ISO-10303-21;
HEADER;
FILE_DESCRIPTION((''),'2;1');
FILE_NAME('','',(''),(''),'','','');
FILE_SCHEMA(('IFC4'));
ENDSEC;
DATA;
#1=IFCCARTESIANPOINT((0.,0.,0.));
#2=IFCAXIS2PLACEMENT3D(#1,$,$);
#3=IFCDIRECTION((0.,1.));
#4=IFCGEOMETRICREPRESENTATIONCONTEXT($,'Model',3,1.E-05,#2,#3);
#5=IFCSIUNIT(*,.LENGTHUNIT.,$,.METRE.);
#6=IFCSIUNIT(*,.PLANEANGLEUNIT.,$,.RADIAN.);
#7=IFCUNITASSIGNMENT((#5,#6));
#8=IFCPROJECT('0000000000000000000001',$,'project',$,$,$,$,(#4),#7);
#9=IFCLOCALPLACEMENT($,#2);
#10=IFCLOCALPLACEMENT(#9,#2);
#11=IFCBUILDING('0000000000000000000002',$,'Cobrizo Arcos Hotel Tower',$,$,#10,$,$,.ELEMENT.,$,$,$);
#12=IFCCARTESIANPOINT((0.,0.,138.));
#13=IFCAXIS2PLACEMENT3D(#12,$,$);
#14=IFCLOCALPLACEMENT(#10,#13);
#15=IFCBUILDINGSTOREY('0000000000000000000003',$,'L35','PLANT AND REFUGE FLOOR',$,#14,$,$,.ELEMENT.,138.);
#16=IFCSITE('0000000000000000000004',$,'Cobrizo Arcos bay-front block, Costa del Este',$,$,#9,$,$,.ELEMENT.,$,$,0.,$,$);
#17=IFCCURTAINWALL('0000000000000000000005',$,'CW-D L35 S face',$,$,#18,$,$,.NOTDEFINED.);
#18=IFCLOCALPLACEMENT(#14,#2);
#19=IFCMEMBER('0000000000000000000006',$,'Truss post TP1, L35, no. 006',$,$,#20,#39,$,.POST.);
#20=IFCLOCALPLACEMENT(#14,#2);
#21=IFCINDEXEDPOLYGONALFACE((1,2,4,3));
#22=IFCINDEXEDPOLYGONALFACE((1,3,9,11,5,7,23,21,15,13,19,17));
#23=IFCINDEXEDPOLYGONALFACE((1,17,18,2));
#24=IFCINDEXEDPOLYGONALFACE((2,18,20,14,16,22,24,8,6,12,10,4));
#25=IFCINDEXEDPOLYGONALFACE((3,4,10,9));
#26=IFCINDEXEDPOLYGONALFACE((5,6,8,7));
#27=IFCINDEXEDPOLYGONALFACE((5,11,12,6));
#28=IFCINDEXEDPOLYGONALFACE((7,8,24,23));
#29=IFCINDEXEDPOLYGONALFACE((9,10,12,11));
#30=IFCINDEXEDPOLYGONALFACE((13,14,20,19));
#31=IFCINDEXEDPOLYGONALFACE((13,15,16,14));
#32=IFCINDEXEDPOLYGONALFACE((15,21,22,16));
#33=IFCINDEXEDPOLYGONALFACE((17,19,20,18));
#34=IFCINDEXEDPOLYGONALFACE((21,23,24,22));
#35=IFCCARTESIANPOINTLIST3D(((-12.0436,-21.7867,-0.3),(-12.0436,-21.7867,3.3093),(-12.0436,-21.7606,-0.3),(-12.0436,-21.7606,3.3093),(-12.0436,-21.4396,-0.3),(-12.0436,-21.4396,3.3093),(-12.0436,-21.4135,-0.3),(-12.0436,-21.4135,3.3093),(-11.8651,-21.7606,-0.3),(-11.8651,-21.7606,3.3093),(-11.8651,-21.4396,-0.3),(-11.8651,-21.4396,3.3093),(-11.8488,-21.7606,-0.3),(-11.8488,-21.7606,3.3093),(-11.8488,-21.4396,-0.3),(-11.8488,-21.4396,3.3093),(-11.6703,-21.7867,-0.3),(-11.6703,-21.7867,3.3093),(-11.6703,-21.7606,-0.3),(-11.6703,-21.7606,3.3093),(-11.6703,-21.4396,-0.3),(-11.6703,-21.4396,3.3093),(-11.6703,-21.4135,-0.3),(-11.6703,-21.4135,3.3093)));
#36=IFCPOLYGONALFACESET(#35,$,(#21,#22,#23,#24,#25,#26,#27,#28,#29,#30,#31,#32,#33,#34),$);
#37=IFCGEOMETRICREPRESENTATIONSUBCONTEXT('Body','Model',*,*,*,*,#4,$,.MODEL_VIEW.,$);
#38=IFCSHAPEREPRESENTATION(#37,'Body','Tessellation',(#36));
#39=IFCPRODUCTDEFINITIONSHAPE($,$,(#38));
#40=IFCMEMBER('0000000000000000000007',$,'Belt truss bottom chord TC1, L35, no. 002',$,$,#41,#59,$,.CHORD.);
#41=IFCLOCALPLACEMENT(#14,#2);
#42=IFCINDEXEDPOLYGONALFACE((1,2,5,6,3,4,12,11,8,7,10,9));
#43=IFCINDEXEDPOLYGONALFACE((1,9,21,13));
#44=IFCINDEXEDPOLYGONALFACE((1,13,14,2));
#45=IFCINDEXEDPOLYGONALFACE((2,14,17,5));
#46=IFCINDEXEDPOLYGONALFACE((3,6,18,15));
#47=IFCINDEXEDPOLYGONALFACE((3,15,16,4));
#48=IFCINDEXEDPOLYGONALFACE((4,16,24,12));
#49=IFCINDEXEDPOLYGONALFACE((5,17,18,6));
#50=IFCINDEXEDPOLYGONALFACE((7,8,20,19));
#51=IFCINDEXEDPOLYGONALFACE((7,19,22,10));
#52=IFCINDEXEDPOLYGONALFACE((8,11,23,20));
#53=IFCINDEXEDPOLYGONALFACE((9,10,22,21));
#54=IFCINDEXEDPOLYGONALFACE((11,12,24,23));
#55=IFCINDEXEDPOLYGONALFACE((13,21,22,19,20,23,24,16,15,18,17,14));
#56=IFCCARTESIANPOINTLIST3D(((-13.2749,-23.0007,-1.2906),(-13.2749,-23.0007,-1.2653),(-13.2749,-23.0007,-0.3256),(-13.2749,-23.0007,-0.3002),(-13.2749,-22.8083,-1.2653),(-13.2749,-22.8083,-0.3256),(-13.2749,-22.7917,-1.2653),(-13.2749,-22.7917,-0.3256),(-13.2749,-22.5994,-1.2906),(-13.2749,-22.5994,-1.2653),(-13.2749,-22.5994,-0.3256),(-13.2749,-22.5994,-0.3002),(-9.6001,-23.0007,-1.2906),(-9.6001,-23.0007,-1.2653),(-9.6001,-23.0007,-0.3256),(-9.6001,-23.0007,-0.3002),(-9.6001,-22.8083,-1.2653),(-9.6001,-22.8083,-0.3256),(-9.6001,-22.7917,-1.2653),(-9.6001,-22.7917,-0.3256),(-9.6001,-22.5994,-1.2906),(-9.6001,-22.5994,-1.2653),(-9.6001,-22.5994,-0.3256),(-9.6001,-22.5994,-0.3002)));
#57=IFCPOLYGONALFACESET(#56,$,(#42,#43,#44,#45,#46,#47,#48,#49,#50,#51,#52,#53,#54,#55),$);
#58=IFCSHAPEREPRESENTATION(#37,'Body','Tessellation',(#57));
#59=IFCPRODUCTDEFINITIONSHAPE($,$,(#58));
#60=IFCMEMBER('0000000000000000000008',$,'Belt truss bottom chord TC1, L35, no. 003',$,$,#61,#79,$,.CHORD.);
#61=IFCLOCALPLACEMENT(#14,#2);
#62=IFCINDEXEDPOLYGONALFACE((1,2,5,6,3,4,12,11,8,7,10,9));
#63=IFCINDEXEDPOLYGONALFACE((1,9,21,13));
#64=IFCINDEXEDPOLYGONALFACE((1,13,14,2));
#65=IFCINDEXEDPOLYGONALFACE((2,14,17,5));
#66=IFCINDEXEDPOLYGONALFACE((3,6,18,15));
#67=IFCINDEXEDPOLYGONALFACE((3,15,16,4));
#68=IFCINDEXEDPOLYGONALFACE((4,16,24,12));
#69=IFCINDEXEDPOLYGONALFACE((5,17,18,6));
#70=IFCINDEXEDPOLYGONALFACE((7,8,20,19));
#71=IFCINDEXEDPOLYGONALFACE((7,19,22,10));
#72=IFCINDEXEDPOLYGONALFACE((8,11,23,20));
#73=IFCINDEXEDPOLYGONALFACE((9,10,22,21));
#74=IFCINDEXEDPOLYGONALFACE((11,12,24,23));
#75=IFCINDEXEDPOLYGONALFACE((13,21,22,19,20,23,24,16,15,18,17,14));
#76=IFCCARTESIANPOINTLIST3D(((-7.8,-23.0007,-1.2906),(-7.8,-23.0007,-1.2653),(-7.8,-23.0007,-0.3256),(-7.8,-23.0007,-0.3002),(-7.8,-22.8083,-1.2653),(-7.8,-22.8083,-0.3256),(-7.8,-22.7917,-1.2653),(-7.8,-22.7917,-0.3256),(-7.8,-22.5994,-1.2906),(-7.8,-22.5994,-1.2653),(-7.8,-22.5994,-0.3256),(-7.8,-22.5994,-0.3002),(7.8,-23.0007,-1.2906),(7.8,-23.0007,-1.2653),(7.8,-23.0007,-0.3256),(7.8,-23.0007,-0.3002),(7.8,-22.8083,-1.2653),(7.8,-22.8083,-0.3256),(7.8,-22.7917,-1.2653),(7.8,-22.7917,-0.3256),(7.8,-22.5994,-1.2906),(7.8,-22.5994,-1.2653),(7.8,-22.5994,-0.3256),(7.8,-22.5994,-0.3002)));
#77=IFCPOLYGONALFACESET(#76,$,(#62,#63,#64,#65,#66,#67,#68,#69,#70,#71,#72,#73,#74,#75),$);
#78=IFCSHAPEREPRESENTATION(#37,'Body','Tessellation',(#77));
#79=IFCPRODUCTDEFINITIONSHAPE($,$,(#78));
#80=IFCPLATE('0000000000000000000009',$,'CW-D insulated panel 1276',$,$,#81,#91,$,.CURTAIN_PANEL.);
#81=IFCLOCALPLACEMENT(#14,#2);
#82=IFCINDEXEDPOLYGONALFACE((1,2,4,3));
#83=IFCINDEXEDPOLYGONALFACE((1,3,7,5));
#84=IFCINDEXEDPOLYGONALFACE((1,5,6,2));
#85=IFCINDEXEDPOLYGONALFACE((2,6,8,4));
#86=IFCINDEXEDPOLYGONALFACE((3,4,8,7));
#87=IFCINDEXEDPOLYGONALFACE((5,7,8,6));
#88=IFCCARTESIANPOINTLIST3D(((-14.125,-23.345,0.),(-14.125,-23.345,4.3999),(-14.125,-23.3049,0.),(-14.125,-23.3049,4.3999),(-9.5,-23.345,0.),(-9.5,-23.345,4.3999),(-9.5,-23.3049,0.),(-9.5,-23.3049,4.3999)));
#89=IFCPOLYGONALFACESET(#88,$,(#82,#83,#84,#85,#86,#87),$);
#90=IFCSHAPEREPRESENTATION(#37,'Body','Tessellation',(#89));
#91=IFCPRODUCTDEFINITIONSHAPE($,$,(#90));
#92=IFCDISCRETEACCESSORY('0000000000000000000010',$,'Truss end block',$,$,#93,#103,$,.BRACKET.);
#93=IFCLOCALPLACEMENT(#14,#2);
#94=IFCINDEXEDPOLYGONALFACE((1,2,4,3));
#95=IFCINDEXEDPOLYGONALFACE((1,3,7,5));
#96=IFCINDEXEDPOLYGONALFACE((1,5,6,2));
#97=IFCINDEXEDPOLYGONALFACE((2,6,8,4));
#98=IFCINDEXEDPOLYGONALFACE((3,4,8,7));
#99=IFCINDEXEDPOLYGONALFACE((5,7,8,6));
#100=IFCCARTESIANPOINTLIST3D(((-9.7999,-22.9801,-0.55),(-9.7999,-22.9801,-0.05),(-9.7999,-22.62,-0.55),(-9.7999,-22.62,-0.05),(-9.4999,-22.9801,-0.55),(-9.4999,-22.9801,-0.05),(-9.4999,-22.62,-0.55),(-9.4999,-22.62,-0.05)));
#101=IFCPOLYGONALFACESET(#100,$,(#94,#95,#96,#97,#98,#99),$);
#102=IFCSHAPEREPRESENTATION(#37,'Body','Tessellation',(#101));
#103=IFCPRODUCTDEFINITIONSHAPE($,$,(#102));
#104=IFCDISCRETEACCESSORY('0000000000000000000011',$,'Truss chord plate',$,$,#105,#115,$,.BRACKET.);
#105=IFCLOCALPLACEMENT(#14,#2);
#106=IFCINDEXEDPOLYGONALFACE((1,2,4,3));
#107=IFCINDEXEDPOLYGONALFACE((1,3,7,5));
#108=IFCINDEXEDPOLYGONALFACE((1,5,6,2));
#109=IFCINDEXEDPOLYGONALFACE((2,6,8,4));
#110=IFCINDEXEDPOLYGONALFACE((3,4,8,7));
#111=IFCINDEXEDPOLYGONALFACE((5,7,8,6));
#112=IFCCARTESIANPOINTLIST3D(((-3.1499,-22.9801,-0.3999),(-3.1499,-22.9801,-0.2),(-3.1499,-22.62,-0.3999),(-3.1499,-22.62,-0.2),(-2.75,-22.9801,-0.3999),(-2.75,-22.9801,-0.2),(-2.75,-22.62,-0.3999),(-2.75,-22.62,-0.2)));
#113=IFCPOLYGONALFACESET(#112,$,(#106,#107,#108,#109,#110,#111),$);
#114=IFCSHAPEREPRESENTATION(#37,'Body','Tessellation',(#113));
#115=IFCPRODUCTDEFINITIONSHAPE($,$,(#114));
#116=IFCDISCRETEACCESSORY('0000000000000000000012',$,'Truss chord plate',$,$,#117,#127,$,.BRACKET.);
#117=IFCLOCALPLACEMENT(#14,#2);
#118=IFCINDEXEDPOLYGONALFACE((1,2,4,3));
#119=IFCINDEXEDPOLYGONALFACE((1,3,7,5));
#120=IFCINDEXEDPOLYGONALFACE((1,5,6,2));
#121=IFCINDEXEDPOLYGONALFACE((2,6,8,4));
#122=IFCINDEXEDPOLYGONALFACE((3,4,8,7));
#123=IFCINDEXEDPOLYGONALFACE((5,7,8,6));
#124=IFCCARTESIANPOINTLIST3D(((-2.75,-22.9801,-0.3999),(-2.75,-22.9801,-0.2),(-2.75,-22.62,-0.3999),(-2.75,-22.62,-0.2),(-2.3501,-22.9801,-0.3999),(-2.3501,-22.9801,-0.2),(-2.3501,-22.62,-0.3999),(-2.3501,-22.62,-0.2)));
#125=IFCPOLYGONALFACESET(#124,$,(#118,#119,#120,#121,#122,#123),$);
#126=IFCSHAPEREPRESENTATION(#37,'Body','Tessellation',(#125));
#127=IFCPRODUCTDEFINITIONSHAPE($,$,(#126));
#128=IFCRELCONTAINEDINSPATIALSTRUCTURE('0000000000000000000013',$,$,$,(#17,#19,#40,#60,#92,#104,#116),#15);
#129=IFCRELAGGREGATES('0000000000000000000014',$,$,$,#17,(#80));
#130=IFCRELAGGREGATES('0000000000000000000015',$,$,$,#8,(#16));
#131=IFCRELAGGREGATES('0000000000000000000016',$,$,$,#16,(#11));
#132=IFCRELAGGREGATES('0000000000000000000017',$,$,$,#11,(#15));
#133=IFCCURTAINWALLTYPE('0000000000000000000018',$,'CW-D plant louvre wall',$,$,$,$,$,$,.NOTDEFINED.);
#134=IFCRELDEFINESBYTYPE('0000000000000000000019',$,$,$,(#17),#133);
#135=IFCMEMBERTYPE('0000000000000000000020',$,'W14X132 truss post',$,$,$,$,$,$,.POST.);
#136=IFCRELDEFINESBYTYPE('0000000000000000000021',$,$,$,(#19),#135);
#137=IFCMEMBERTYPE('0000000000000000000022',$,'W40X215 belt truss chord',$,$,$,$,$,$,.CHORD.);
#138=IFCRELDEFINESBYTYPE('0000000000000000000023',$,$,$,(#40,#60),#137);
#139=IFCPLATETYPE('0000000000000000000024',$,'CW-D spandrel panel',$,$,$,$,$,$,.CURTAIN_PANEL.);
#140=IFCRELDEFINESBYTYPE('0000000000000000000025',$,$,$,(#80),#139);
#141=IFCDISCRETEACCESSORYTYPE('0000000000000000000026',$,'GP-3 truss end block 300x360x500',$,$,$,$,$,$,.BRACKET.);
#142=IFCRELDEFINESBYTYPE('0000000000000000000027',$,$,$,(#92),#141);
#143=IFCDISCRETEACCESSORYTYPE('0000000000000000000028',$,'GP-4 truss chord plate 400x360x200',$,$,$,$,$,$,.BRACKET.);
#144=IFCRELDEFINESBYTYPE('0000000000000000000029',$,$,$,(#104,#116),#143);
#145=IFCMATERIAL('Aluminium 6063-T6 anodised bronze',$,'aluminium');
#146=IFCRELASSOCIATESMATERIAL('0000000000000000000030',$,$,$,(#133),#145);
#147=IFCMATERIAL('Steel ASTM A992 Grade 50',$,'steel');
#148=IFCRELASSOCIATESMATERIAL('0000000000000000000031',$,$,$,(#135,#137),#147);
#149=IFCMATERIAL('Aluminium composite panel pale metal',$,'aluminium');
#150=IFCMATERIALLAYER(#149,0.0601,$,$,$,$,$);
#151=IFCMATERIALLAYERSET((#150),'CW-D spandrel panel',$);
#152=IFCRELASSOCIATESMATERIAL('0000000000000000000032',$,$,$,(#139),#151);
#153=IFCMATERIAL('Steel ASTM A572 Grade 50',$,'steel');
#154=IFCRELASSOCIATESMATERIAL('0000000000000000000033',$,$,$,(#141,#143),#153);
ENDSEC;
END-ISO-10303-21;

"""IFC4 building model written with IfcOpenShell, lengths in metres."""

from ifc_helpers import new_model, si_unit, direction, frame, origin, origin_2d, place, context, subcontext, project, spatial, rectangle, i_section, extrude, material, layer, layer_set, material_profile, profile_set, type_object, element, aggregate, save


model = new_model("IFC4")

# Units and contexts
model_context = context("Model", 3, precision=1e-05, world=origin(), true_north=direction((0.0, 1.0)))
body_context = subcontext(model_context, "Body", "Model", "MODEL_VIEW")
ifc_project = project(units=[si_unit("LENGTHUNIT", "METRE"), si_unit("PLANEANGLEUNIT", "RADIAN")], contexts=[model_context])

# Site, building, storey
site_placement = place(None, origin())
site = spatial("IfcSite", under=ifc_project, at=site_placement, Name="Cobrizo Arcos bay-front block, Costa del Este", CompositionType="ELEMENT", RefElevation=0.0)
building_placement = place(site_placement, origin())
building = spatial("IfcBuilding", under=site, at=building_placement, Name="Cobrizo Arcos Hotel Tower", CompositionType="ELEMENT")
storey_placement = place(building_placement, frame((0.0, 0.0, 138.0)))
storey = spatial("IfcBuildingStorey", under=building, at=storey_placement, Name="L35", Description="PLANT AND REFUGE FLOOR", CompositionType="ELEMENT", Elevation=138.0)

# Shared definitions
ifc_material_1 = material(Name="Steel ASTM A572 Grade 50", Category="steel")

# Curtain wall
ifc_material_2 = material(Name="Aluminium 6063-T6 anodised bronze", Category="aluminium")
curtain_wall_type = type_object("IfcCurtainWallType", Name="CW-D plant louvre wall", PredefinedType="NOTDEFINED", material=ifc_material_2)
curtain_wall_placement = place(storey_placement, origin())
curtain_wall = element("IfcCurtainWall", 1, at=curtain_wall_placement, inside=storey, type_object=curtain_wall_type, Name="CW-D L35 S face", PredefinedType="NOTDEFINED")

# Members
ifc_material_3 = material(Name="Steel ASTM A992 Grade 50", Category="steel")
ifc_material_profile_1 = material_profile(ifc_material_3, i_section(OverallWidth=0.3733, OverallDepth=0.3733, WebThickness=0.0164, FlangeThickness=0.0261, at=origin_2d()), Name="W14X132")
ifc_profile_set_1 = profile_set([ifc_material_profile_1], Name="Steel ASTM A992 Grade 50")
member_type_1 = type_object("IfcMemberType", Name="W14X132 truss post", PredefinedType="POST", material=ifc_profile_set_1)
for number, where, z_axis, x_axis, name in (
    (2, (-11.8569, -21.6001, -0.3), (0.0, 0.0, 1.0), (1.0, 0.0, 0.0), "Truss post TP1, L35, no. 006"),
):
    element("IfcMember", number, at=place(storey_placement, frame(where, z_axis=z_axis, x_axis=x_axis)), inside=storey, type_object=member_type_1, Name=name, PredefinedType="POST", context=body_context, shape_type="SweptSolid", body=[
        extrude(i_section(OverallWidth=0.3733, OverallDepth=0.3733, WebThickness=0.0164, FlangeThickness=0.0261, at=origin_2d()), origin(), (0.0, 0.0, 1.0), 3.6094),
    ])
ifc_material_profile_2 = material_profile(ifc_material_3, i_section(OverallWidth=0.4014, OverallDepth=0.9905, WebThickness=0.0166, FlangeThickness=0.0254, at=origin_2d()), Name="W40X215")
ifc_profile_set_2 = profile_set([ifc_material_profile_2], Name="Steel ASTM A992 Grade 50")
member_type_2 = type_object("IfcMemberType", Name="W40X215 belt truss chord", PredefinedType="CHORD", material=ifc_profile_set_2)
member_1_placement = place(storey_placement, frame((-13.2749, -22.8, -0.7954), z_axis=(1.0, 0.0, 0.0), x_axis=(0.0, 1.0, 0.0)))
element("IfcMember", 3, at=member_1_placement, inside=storey, type_object=member_type_2, Name="Belt truss bottom chord TC1, L35, no. 002", PredefinedType="CHORD", context=body_context, shape_type="SweptSolid", body=[
    extrude(i_section(OverallWidth=0.4014, OverallDepth=0.9905, WebThickness=0.0166, FlangeThickness=0.0254, at=origin_2d()), origin(), (0.0, 0.0, 1.0), 3.6748),
])
member_2_placement = place(storey_placement, frame((-7.8, -22.8, -0.7954), z_axis=(1.0, 0.0, 0.0), x_axis=(0.0, 1.0, 0.0)))
element("IfcMember", 4, at=member_2_placement, inside=storey, type_object=member_type_2, Name="Belt truss bottom chord TC1, L35, no. 003", PredefinedType="CHORD", context=body_context, shape_type="SweptSolid", body=[
    extrude(i_section(OverallWidth=0.4014, OverallDepth=0.9905, WebThickness=0.0166, FlangeThickness=0.0254, at=origin_2d()), origin(), (0.0, 0.0, 1.0), 15.6001),
])

# Plate
ifc_material_4 = material(Name="Aluminium composite panel pale metal", Category="aluminium")
ifc_layer = layer(ifc_material_4, 0.0601)
ifc_layer_set = layer_set([ifc_layer], Name="CW-D spandrel panel")
plate_type = type_object("IfcPlateType", Name="CW-D spandrel panel", PredefinedType="CURTAIN_PANEL", material=ifc_layer_set)
plate_placement = place(storey_placement, frame((-11.8125, -23.325, 0.0), z_axis=(0.0, 0.0, 1.0), x_axis=(1.0, 0.0, 0.0)))
plate = element("IfcPlate", 5, at=plate_placement, type_object=plate_type, Name="CW-D insulated panel 1276", PredefinedType="CURTAIN_PANEL", context=body_context, shape_type="SweptSolid", body=[
    extrude(rectangle(XDim=4.625, YDim=0.04, at=origin_2d()), origin(), (0.0, 0.0, 1.0), 4.3999),
])
aggregate(curtain_wall, [plate])

# Discrete accessories
discrete_accessory_type_1 = type_object("IfcDiscreteAccessoryType", Name="GP-3 truss end block 300x360x500", PredefinedType="BRACKET", material=ifc_material_1)
discrete_accessory_placement = place(storey_placement, frame((-9.6499, -22.8, -0.55), z_axis=(0.0, 0.0, 1.0), x_axis=(-1.0, 0.0, 0.0)))
element("IfcDiscreteAccessory", 6, at=discrete_accessory_placement, inside=storey, type_object=discrete_accessory_type_1, Name="Truss end block", PredefinedType="BRACKET", context=body_context, shape_type="SweptSolid", body=[
    extrude(rectangle(XDim=0.3, YDim=0.3601, at=origin_2d()), origin(), (0.0, 0.0, 1.0), 0.5),
])
discrete_accessory_type_2 = type_object("IfcDiscreteAccessoryType", Name="GP-4 truss chord plate 400x360x200", PredefinedType="BRACKET", material=ifc_material_1)
for number, where, z_axis, x_axis, name in (
    (7, (-2.95, -22.8, -0.3999), (0.0, 0.0, 1.0), (1.0, 0.0, 0.0), "Truss chord plate"),
    (8, (-2.55, -22.8, -0.3999), (0.0, 0.0, 1.0), (1.0, 0.0, 0.0), "Truss chord plate"),
):
    element("IfcDiscreteAccessory", number, at=place(storey_placement, frame(where, z_axis=z_axis, x_axis=x_axis)), inside=storey, type_object=discrete_accessory_type_2, Name=name, PredefinedType="BRACKET", context=body_context, shape_type="SweptSolid", body=[
        extrude(rectangle(XDim=0.3999, YDim=0.3601, at=origin_2d()), origin(), (0.0, 0.0, 1.0), 0.2),
    ])

save(model, "model.ifc")
